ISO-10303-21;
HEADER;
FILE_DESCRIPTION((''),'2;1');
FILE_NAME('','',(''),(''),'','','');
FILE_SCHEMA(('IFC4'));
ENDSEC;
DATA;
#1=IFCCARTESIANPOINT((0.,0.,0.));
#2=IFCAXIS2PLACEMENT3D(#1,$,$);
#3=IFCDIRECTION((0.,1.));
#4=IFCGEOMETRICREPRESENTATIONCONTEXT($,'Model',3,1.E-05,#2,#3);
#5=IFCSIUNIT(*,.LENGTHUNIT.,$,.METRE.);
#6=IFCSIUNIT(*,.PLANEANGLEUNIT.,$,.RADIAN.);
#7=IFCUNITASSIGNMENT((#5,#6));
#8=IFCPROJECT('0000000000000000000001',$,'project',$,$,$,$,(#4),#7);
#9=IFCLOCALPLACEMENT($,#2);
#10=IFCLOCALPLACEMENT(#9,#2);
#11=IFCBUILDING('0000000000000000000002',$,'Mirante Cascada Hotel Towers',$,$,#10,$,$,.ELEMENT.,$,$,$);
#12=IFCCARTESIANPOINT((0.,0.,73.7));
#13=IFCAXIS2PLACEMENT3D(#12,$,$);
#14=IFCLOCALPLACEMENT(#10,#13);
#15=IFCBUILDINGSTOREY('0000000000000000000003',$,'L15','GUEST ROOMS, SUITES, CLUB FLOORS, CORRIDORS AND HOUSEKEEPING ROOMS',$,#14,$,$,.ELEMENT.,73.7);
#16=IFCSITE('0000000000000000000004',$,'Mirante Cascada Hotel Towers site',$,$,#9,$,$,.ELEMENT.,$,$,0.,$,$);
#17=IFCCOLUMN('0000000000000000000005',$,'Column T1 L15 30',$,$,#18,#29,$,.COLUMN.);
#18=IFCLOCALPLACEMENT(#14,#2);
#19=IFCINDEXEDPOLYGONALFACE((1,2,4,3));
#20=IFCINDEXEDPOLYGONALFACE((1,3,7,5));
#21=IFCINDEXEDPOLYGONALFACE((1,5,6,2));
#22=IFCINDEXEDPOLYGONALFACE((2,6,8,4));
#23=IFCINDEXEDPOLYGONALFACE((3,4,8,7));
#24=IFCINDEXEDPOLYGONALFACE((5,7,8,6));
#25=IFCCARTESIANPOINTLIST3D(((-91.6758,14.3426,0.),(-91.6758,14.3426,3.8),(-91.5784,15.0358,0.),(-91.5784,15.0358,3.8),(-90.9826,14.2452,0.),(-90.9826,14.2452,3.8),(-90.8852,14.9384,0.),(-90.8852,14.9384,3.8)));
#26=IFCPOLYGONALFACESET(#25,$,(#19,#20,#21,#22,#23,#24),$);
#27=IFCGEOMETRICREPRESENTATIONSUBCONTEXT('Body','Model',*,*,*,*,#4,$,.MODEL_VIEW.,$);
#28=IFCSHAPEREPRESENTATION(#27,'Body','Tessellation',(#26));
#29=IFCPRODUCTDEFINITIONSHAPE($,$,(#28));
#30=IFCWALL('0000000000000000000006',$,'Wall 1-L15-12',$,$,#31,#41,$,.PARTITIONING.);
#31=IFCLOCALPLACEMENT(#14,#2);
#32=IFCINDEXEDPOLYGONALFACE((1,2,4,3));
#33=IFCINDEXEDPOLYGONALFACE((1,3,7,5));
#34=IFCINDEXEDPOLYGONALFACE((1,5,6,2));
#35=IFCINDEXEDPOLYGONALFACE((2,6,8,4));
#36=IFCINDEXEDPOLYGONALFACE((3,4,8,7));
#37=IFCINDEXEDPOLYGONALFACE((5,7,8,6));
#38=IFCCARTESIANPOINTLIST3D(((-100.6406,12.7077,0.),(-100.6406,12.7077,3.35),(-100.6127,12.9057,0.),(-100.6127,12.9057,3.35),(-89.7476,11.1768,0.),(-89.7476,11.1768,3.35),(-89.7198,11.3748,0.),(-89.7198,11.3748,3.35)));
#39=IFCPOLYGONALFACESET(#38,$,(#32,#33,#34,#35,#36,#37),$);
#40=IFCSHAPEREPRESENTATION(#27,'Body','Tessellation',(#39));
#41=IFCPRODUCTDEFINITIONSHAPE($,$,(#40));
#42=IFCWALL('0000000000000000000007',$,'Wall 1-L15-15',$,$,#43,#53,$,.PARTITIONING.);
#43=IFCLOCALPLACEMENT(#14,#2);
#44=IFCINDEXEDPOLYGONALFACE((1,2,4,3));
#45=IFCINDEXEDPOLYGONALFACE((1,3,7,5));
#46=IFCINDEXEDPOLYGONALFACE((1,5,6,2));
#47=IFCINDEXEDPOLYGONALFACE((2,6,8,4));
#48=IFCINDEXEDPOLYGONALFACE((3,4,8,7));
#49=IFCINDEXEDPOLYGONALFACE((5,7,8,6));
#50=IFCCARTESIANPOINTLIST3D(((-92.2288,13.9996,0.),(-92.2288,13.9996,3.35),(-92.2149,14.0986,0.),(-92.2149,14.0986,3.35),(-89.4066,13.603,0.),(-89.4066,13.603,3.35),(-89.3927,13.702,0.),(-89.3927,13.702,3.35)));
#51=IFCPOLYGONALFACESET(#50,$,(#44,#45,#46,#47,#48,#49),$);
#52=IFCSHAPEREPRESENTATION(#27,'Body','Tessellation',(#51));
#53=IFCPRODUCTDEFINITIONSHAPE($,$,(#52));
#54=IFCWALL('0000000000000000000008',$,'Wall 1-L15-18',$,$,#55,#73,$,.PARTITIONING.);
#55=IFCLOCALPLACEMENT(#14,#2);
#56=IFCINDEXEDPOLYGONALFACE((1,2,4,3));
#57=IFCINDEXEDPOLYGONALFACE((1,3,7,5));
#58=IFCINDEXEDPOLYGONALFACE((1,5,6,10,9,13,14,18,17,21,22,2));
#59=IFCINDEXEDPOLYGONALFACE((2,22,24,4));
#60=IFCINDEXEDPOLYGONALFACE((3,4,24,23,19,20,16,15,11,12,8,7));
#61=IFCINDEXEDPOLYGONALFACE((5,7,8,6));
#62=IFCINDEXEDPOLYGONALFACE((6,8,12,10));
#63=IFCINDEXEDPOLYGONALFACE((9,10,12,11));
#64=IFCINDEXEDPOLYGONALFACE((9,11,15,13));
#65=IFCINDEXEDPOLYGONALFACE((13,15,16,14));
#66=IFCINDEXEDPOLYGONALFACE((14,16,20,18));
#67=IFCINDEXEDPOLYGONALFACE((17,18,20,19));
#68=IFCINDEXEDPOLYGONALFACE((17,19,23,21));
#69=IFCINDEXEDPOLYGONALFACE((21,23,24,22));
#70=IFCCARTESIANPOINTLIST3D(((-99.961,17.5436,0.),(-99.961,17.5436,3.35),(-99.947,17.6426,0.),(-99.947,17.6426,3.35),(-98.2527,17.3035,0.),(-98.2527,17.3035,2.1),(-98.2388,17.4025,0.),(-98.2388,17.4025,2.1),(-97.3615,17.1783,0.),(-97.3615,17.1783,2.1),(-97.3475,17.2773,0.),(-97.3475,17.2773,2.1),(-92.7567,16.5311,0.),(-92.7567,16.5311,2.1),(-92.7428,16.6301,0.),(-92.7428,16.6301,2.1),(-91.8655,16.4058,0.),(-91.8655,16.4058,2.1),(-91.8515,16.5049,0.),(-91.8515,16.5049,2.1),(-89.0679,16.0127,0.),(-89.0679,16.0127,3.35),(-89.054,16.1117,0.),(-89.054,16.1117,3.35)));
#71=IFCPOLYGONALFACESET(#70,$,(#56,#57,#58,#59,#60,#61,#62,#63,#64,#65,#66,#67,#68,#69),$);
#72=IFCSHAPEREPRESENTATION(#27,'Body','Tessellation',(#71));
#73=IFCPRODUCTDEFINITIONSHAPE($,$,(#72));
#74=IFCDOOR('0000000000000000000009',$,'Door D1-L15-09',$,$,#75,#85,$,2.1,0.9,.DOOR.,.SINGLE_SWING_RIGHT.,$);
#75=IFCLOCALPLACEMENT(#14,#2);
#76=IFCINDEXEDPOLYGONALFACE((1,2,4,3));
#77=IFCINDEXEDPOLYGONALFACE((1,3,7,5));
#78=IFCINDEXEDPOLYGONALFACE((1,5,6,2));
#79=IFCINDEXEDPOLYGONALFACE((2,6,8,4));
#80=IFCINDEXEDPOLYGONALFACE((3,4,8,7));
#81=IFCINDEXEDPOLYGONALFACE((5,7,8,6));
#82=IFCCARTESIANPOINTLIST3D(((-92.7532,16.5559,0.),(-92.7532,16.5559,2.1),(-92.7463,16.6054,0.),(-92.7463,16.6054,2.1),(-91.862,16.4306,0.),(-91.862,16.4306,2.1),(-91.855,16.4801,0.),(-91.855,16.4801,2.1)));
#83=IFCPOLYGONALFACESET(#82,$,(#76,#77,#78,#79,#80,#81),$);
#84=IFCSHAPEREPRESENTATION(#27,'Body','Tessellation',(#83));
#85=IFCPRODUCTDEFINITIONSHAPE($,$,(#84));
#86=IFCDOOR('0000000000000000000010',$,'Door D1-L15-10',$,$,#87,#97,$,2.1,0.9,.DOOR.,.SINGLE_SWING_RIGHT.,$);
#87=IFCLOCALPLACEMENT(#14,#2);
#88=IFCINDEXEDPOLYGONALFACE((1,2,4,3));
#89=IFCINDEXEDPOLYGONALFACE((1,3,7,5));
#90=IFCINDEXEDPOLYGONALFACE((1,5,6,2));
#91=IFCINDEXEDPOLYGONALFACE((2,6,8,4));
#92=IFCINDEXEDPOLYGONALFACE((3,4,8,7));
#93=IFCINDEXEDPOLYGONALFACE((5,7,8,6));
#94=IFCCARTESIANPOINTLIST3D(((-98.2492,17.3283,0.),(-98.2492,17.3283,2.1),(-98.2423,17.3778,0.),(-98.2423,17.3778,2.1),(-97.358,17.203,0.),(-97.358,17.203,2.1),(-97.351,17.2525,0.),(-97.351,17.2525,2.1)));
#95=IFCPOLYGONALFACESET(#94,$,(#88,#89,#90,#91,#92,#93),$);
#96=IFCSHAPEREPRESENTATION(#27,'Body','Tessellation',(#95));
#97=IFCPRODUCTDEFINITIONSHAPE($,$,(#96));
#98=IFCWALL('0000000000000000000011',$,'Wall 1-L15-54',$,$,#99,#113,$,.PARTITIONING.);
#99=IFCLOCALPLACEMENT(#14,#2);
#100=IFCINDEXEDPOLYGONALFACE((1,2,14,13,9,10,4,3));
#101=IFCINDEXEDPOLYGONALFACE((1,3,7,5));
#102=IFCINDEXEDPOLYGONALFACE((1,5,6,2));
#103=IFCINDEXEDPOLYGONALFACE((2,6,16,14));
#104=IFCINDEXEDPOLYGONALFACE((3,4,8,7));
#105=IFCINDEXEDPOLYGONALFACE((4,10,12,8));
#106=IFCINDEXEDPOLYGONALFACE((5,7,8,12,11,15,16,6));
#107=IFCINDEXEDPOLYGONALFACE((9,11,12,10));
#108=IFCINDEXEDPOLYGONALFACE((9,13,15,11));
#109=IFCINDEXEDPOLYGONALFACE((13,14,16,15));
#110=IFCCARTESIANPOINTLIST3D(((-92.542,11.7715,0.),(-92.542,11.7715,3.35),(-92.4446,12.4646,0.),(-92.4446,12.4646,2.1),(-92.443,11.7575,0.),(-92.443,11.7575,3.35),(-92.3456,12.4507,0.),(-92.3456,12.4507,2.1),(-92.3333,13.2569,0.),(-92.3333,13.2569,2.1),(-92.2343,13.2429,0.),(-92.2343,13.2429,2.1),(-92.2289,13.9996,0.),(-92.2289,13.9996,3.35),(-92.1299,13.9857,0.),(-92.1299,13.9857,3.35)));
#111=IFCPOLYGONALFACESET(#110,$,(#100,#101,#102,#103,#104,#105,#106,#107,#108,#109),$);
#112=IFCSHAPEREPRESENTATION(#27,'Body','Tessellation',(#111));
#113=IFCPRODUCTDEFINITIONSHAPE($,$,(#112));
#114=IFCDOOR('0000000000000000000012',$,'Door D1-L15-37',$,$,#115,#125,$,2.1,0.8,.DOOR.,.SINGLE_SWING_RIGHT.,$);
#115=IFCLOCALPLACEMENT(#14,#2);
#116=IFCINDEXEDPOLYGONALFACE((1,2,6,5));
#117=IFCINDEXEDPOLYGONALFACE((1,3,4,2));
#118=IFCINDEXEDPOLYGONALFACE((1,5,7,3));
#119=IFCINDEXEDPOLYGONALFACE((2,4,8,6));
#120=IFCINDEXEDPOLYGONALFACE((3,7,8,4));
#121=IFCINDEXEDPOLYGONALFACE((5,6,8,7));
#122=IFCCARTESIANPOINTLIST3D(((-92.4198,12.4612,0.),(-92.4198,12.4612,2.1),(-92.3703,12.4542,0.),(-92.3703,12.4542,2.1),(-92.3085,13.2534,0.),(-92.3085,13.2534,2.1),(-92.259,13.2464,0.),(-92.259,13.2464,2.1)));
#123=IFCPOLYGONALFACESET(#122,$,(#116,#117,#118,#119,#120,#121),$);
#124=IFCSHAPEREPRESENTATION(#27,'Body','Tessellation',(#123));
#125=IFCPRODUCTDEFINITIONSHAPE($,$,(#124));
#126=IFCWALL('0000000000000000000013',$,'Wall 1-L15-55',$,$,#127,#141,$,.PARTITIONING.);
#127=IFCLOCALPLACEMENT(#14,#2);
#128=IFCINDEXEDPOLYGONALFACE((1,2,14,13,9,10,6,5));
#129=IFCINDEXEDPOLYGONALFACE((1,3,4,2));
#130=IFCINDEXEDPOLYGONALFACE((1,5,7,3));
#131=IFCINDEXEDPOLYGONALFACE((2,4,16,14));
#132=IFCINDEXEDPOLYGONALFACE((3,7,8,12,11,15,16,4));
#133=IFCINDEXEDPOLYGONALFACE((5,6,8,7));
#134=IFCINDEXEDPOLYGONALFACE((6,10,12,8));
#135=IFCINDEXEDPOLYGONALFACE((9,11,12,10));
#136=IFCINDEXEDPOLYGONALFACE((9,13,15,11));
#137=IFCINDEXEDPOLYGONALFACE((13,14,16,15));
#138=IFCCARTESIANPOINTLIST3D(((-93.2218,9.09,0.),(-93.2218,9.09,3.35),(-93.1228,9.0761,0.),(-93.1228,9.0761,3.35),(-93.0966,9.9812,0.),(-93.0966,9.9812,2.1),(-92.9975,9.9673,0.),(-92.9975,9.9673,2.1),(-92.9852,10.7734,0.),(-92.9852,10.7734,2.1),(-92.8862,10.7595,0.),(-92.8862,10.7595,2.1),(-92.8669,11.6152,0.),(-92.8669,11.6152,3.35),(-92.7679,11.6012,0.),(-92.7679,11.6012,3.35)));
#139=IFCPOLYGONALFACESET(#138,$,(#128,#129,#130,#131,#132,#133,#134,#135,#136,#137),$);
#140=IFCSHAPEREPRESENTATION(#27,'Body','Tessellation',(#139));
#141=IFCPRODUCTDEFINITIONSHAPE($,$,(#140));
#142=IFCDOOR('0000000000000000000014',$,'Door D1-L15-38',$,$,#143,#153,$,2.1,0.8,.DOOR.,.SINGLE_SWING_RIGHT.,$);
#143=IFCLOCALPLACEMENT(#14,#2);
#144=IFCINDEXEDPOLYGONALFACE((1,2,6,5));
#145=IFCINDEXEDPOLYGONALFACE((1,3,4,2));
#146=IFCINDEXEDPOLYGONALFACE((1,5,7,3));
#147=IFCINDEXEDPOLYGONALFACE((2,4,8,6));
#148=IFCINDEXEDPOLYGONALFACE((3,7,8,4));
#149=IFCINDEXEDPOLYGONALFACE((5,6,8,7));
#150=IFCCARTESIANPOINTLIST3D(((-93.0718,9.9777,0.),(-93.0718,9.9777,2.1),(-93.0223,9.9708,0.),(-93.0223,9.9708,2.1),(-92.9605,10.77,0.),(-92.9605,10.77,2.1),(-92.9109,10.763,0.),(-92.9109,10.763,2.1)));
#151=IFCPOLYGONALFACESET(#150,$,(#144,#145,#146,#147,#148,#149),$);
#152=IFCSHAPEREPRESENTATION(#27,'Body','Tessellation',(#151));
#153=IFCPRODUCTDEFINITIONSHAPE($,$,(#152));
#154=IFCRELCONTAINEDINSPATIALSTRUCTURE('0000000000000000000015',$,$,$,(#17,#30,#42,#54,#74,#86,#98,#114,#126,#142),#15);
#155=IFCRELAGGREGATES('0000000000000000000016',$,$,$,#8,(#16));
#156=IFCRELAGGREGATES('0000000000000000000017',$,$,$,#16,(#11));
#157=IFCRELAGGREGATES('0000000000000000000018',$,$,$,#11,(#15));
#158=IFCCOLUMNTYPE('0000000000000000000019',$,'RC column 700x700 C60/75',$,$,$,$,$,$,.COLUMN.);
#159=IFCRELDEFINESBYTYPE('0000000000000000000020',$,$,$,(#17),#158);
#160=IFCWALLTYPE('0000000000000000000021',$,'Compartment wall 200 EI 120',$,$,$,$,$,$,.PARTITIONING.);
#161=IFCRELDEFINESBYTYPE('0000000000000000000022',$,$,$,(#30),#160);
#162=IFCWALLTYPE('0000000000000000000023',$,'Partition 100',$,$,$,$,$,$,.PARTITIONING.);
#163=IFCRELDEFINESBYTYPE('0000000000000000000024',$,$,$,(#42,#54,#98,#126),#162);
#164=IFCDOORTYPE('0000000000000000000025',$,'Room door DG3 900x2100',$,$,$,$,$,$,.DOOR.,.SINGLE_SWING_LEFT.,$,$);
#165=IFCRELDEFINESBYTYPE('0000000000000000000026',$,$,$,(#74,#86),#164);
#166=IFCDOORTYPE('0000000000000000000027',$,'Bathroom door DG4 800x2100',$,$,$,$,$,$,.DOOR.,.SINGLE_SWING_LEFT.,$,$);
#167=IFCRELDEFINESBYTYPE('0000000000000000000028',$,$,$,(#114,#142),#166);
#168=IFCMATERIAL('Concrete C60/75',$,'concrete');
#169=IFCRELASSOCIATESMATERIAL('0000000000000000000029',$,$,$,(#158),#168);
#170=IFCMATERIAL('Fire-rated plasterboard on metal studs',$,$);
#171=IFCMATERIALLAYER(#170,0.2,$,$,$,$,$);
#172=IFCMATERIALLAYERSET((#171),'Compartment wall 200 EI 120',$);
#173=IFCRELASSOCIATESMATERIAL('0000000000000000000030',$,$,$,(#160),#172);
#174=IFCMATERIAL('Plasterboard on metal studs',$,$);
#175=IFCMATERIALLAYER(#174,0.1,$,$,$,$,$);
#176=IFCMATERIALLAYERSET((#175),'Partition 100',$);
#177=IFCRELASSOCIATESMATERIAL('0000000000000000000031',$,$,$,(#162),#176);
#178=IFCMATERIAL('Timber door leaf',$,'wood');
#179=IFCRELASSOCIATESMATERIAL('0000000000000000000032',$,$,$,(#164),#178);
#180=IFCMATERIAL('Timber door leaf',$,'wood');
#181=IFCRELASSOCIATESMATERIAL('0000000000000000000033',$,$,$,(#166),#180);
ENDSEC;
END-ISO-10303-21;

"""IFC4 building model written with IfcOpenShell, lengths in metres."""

from ifc_helpers import new_model, si_unit, direction, frame, frame_2d, origin, origin_2d, place, context, subcontext, project, spatial, rectangle, extrude, material, layer, layer_set, material_profile, profile_set, type_object, element, fill, save


model = new_model("IFC4")

# Units and contexts
model_context = context("Model", 3, precision=1e-05, world=origin(), true_north=direction((0.0, 1.0)))
body_context = subcontext(model_context, "Body", "Model", "MODEL_VIEW")
ifc_project = project(units=[si_unit("LENGTHUNIT", "METRE"), si_unit("PLANEANGLEUNIT", "RADIAN")], contexts=[model_context])

# Site, building, storey
site_placement = place(None, origin())
site = spatial("IfcSite", under=ifc_project, at=site_placement, Name="Mirante Cascada Hotel Towers site", CompositionType="ELEMENT", RefElevation=0.0)
building_placement = place(site_placement, origin())
building = spatial("IfcBuilding", under=site, at=building_placement, Name="Mirante Cascada Hotel Towers", CompositionType="ELEMENT")
storey_placement = place(building_placement, frame((0.0, 0.0, 73.7)))
storey = spatial("IfcBuildingStorey", under=building, at=storey_placement, Name="L15", Description="GUEST ROOMS, SUITES, CLUB FLOORS, CORRIDORS AND HOUSEKEEPING ROOMS", CompositionType="ELEMENT", Elevation=73.7)

# Column
ifc_material_1 = material(Name="Concrete C60/75", Category="concrete")
ifc_material_profile = material_profile(ifc_material_1, rectangle(XDim=0.7, YDim=0.7, at=origin_2d()), Name="RC column 700x700 C60/75")
ifc_profile_set = profile_set([ifc_material_profile], Name="Concrete C60/75")
column_type = type_object("IfcColumnType", Name="RC column 700x700 C60/75", PredefinedType="COLUMN", material=ifc_profile_set)
column_placement = place(storey_placement, frame((-91.2805, 14.6405, 0.0), z_axis=(0.0, 0.0, 1.0), x_axis=(-0.990268, 0.139173, 0.0)))
element("IfcColumn", 1, at=column_placement, inside=storey, type_object=column_type, Name="Column T1 L15 30", PredefinedType="COLUMN", context=body_context, shape_type="SweptSolid", body=[
    extrude(rectangle(XDim=0.7, YDim=0.7, at=origin_2d()), origin(), (0.0, 0.0, 1.0), 3.8),
])

# Wall
ifc_material_2 = material(Name="Fire-rated plasterboard on metal studs")
ifc_layer_1 = layer(ifc_material_2, 0.2)
ifc_layer_set_1 = layer_set([ifc_layer_1], Name="Compartment wall 200 EI 120")
wall_type_1 = type_object("IfcWallType", Name="Compartment wall 200 EI 120", PredefinedType="PARTITIONING", material=ifc_layer_set_1)
wall_1_placement = place(storey_placement, frame((-89.7337, 11.2758, 0.0), z_axis=(0.0, 0.0, 1.0), x_axis=(-0.990268, 0.139173, 0.0)))
element("IfcWall", 2, at=wall_1_placement, inside=storey, type_object=wall_type_1, Name="Wall 1-L15-12", PredefinedType="PARTITIONING", context=body_context, shape_type="SweptSolid", body=[
    extrude(rectangle(XDim=11.0, YDim=0.2, at=frame_2d((5.5, 0.0))), origin(), (0.0, 0.0, 1.0), 3.35),
])

# Wall
ifc_material_3 = material(Name="Plasterboard on metal studs")
ifc_layer_2 = layer(ifc_material_3, 0.1)
ifc_layer_set_2 = layer_set([ifc_layer_2], Name="Partition 100")
wall_type_2 = type_object("IfcWallType", Name="Partition 100", PredefinedType="PARTITIONING", material=ifc_layer_set_2)
wall_2_placement = place(storey_placement, frame((-92.2219, 14.0491, 0.0), z_axis=(0.0, 0.0, 1.0), x_axis=(0.99027, -0.139161, 0.0)))
element("IfcWall", 3, at=wall_2_placement, inside=storey, type_object=wall_type_2, Name="Wall 1-L15-15", PredefinedType="PARTITIONING", context=body_context, shape_type="SweptSolid", body=[
    extrude(rectangle(XDim=2.8499, YDim=0.1, at=frame_2d((1.425, 0.0))), origin(), (0.0, 0.0, 1.0), 3.35),
])

# Wall, openings, doors
wall_3_placement = place(storey_placement, frame((-89.061, 16.0622, 0.0), z_axis=(0.0, 0.0, 1.0), x_axis=(-0.990268, 0.139172, 0.0)))
wall_3 = element("IfcWall", 4, at=wall_3_placement, inside=storey, type_object=wall_type_2, Name="Wall 1-L15-18", PredefinedType="PARTITIONING", context=body_context, shape_type="SweptSolid", body=[
    extrude(rectangle(XDim=11.0001, YDim=0.1, at=frame_2d((5.5, 0.0))), origin(), (0.0, 0.0, 1.0), 3.35),
])
opening_1_placement = place(wall_3_placement, frame((2.825, 0.0, 0.0)))
opening_1 = element("IfcOpeningElement", 5, at=opening_1_placement, cuts=wall_3, PredefinedType="OPENING", context=body_context, shape_type="SweptSolid", body=[
    extrude(rectangle(XDim=0.9, YDim=2.1, at=frame_2d((0.45, 1.05))), frame((0.0, 0.05, 0.0), z_axis=(0.0, -1.0, 0.0), x_axis=(1.0, 0.0, 0.0)), (0.0, 0.0, 1.0), 0.1),
])
opening_2_placement = place(wall_3_placement, frame((8.375, 0.0, 0.0)))
opening_2 = element("IfcOpeningElement", 6, at=opening_2_placement, cuts=wall_3, PredefinedType="OPENING", context=body_context, shape_type="SweptSolid", body=[
    extrude(rectangle(XDim=0.9, YDim=2.1, at=frame_2d((0.45, 1.05))), frame((0.0, 0.05, 0.0), z_axis=(0.0, -1.0, 0.0), x_axis=(1.0, 0.0, 0.0)), (0.0, 0.0, 1.0), 0.1),
])
ifc_material_4 = material(Name="Timber door leaf", Category="wood")
door_type_1 = type_object("IfcDoorType", Name="Room door DG3 900x2100", OperationType="SINGLE_SWING_LEFT", PredefinedType="DOOR", material=ifc_material_4)
door_1_placement = place(opening_1_placement, frame((0.9, 0.0, 0.0), z_axis=(0.0, 0.0, 1.0), x_axis=(-1.0, 0.0, 0.0)))
door_1 = element("IfcDoor", 7, at=door_1_placement, inside=storey, type_object=door_type_1, Name="Door D1-L15-09", OperationType="SINGLE_SWING_RIGHT", OverallHeight=2.1, OverallWidth=0.9, PredefinedType="DOOR", context=body_context, shape_type="SweptSolid", body=[
    extrude(rectangle(XDim=0.9, YDim=2.1, at=frame_2d((0.45, 1.05))), frame((0.0, 0.025, 0.0), z_axis=(0.0, -1.0, 0.0), x_axis=(1.0, 0.0, 0.0)), (0.0, 0.0, 1.0), 0.05),
])
fill(opening_1, door_1)
door_2_placement = place(opening_2_placement, frame((0.9, 0.0, 0.0), z_axis=(0.0, 0.0, 1.0), x_axis=(-1.0, 0.0, 0.0)))
door_2 = element("IfcDoor", 8, at=door_2_placement, inside=storey, type_object=door_type_1, Name="Door D1-L15-10", OperationType="SINGLE_SWING_RIGHT", OverallHeight=2.1, OverallWidth=0.9, PredefinedType="DOOR", context=body_context, shape_type="SweptSolid", body=[
    extrude(rectangle(XDim=0.9, YDim=2.1, at=frame_2d((0.45, 1.05))), frame((0.0, 0.025, 0.0), z_axis=(0.0, -1.0, 0.0), x_axis=(1.0, 0.0, 0.0)), (0.0, 0.0, 1.0), 0.05),
])
fill(opening_2, door_2)

# Walls, openings, doors
wall_4_placement = place(storey_placement, frame((-92.4925, 11.7645, 0.0), z_axis=(0.0, 0.0, 1.0), x_axis=(0.139156, 0.990271, 0.0)))
wall_4 = element("IfcWall", 9, at=wall_4_placement, inside=storey, type_object=wall_type_2, Name="Wall 1-L15-54", PredefinedType="PARTITIONING", context=body_context, shape_type="SweptSolid", body=[
    extrude(rectangle(XDim=2.25, YDim=0.1, at=frame_2d((1.125, 0.0))), origin(), (0.0, 0.0, 1.0), 3.35),
])
opening_3_placement = place(wall_4_placement, frame((0.7, 0.0, 0.0)))
opening_3 = element("IfcOpeningElement", 10, at=opening_3_placement, cuts=wall_4, PredefinedType="OPENING", context=body_context, shape_type="SweptSolid", body=[
    extrude(rectangle(XDim=0.8, YDim=2.1, at=frame_2d((0.4, 1.05))), frame((0.0, 0.05, 0.0), z_axis=(0.0, -1.0, 0.0), x_axis=(1.0, 0.0, 0.0)), (0.0, 0.0, 1.0), 0.1),
])
ifc_material_5 = material(Name="Timber door leaf", Category="wood")
door_type_2 = type_object("IfcDoorType", Name="Bathroom door DG4 800x2100", OperationType="SINGLE_SWING_LEFT", PredefinedType="DOOR", material=ifc_material_5)
door_3_placement = place(opening_3_placement, frame((0.8, 0.0, 0.0), z_axis=(0.0, 0.0, 1.0), x_axis=(-1.0, 0.0, 0.0)))
door_3 = element("IfcDoor", 11, at=door_3_placement, inside=storey, type_object=door_type_2, Name="Door D1-L15-37", OperationType="SINGLE_SWING_RIGHT", OverallHeight=2.1, OverallWidth=0.8, PredefinedType="DOOR", context=body_context, shape_type="SweptSolid", body=[
    extrude(rectangle(XDim=0.8, YDim=2.1, at=frame_2d((0.4, 1.05))), frame((0.0, 0.025, 0.0), z_axis=(0.0, -1.0, 0.0), x_axis=(1.0, 0.0, 0.0)), (0.0, 0.0, 1.0), 0.05),
])
fill(opening_3, door_3)
wall_5_placement = place(storey_placement, frame((-92.8174, 11.6082, 0.0), z_axis=(0.0, 0.0, 1.0), x_axis=(-0.139176, -0.990268, 0.0)))
wall_5 = element("IfcWall", 12, at=wall_5_placement, inside=storey, type_object=wall_type_2, Name="Wall 1-L15-55", PredefinedType="PARTITIONING", context=body_context, shape_type="SweptSolid", body=[
    extrude(rectangle(XDim=2.55, YDim=0.1, at=frame_2d((1.275, 0.0))), origin(), (0.0, 0.0, 1.0), 3.35),
])
opening_4_placement = place(wall_5_placement, frame((0.85, 0.0, 0.0)))
opening_4 = element("IfcOpeningElement", 13, at=opening_4_placement, cuts=wall_5, PredefinedType="OPENING", context=body_context, shape_type="SweptSolid", body=[
    extrude(rectangle(XDim=0.8, YDim=2.1, at=frame_2d((0.4, 1.05))), frame((0.0, 0.05, 0.0), z_axis=(0.0, -1.0, 0.0), x_axis=(1.0, 0.0, 0.0)), (0.0, 0.0, 1.0), 0.1),
])
door_4_placement = place(opening_4_placement, frame((0.8, 0.0, 0.0), z_axis=(0.0, 0.0, 1.0), x_axis=(-1.0, 0.0, 0.0)))
door_4 = element("IfcDoor", 14, at=door_4_placement, inside=storey, type_object=door_type_2, Name="Door D1-L15-38", OperationType="SINGLE_SWING_RIGHT", OverallHeight=2.1, OverallWidth=0.8, PredefinedType="DOOR", context=body_context, shape_type="SweptSolid", body=[
    extrude(rectangle(XDim=0.8, YDim=2.1, at=frame_2d((0.4, 1.05))), frame((0.0, 0.025, 0.0), z_axis=(0.0, -1.0, 0.0), x_axis=(1.0, 0.0, 0.0)), (0.0, 0.0, 1.0), 0.05),
])
fill(opening_4, door_4)

save(model, "model.ifc")
